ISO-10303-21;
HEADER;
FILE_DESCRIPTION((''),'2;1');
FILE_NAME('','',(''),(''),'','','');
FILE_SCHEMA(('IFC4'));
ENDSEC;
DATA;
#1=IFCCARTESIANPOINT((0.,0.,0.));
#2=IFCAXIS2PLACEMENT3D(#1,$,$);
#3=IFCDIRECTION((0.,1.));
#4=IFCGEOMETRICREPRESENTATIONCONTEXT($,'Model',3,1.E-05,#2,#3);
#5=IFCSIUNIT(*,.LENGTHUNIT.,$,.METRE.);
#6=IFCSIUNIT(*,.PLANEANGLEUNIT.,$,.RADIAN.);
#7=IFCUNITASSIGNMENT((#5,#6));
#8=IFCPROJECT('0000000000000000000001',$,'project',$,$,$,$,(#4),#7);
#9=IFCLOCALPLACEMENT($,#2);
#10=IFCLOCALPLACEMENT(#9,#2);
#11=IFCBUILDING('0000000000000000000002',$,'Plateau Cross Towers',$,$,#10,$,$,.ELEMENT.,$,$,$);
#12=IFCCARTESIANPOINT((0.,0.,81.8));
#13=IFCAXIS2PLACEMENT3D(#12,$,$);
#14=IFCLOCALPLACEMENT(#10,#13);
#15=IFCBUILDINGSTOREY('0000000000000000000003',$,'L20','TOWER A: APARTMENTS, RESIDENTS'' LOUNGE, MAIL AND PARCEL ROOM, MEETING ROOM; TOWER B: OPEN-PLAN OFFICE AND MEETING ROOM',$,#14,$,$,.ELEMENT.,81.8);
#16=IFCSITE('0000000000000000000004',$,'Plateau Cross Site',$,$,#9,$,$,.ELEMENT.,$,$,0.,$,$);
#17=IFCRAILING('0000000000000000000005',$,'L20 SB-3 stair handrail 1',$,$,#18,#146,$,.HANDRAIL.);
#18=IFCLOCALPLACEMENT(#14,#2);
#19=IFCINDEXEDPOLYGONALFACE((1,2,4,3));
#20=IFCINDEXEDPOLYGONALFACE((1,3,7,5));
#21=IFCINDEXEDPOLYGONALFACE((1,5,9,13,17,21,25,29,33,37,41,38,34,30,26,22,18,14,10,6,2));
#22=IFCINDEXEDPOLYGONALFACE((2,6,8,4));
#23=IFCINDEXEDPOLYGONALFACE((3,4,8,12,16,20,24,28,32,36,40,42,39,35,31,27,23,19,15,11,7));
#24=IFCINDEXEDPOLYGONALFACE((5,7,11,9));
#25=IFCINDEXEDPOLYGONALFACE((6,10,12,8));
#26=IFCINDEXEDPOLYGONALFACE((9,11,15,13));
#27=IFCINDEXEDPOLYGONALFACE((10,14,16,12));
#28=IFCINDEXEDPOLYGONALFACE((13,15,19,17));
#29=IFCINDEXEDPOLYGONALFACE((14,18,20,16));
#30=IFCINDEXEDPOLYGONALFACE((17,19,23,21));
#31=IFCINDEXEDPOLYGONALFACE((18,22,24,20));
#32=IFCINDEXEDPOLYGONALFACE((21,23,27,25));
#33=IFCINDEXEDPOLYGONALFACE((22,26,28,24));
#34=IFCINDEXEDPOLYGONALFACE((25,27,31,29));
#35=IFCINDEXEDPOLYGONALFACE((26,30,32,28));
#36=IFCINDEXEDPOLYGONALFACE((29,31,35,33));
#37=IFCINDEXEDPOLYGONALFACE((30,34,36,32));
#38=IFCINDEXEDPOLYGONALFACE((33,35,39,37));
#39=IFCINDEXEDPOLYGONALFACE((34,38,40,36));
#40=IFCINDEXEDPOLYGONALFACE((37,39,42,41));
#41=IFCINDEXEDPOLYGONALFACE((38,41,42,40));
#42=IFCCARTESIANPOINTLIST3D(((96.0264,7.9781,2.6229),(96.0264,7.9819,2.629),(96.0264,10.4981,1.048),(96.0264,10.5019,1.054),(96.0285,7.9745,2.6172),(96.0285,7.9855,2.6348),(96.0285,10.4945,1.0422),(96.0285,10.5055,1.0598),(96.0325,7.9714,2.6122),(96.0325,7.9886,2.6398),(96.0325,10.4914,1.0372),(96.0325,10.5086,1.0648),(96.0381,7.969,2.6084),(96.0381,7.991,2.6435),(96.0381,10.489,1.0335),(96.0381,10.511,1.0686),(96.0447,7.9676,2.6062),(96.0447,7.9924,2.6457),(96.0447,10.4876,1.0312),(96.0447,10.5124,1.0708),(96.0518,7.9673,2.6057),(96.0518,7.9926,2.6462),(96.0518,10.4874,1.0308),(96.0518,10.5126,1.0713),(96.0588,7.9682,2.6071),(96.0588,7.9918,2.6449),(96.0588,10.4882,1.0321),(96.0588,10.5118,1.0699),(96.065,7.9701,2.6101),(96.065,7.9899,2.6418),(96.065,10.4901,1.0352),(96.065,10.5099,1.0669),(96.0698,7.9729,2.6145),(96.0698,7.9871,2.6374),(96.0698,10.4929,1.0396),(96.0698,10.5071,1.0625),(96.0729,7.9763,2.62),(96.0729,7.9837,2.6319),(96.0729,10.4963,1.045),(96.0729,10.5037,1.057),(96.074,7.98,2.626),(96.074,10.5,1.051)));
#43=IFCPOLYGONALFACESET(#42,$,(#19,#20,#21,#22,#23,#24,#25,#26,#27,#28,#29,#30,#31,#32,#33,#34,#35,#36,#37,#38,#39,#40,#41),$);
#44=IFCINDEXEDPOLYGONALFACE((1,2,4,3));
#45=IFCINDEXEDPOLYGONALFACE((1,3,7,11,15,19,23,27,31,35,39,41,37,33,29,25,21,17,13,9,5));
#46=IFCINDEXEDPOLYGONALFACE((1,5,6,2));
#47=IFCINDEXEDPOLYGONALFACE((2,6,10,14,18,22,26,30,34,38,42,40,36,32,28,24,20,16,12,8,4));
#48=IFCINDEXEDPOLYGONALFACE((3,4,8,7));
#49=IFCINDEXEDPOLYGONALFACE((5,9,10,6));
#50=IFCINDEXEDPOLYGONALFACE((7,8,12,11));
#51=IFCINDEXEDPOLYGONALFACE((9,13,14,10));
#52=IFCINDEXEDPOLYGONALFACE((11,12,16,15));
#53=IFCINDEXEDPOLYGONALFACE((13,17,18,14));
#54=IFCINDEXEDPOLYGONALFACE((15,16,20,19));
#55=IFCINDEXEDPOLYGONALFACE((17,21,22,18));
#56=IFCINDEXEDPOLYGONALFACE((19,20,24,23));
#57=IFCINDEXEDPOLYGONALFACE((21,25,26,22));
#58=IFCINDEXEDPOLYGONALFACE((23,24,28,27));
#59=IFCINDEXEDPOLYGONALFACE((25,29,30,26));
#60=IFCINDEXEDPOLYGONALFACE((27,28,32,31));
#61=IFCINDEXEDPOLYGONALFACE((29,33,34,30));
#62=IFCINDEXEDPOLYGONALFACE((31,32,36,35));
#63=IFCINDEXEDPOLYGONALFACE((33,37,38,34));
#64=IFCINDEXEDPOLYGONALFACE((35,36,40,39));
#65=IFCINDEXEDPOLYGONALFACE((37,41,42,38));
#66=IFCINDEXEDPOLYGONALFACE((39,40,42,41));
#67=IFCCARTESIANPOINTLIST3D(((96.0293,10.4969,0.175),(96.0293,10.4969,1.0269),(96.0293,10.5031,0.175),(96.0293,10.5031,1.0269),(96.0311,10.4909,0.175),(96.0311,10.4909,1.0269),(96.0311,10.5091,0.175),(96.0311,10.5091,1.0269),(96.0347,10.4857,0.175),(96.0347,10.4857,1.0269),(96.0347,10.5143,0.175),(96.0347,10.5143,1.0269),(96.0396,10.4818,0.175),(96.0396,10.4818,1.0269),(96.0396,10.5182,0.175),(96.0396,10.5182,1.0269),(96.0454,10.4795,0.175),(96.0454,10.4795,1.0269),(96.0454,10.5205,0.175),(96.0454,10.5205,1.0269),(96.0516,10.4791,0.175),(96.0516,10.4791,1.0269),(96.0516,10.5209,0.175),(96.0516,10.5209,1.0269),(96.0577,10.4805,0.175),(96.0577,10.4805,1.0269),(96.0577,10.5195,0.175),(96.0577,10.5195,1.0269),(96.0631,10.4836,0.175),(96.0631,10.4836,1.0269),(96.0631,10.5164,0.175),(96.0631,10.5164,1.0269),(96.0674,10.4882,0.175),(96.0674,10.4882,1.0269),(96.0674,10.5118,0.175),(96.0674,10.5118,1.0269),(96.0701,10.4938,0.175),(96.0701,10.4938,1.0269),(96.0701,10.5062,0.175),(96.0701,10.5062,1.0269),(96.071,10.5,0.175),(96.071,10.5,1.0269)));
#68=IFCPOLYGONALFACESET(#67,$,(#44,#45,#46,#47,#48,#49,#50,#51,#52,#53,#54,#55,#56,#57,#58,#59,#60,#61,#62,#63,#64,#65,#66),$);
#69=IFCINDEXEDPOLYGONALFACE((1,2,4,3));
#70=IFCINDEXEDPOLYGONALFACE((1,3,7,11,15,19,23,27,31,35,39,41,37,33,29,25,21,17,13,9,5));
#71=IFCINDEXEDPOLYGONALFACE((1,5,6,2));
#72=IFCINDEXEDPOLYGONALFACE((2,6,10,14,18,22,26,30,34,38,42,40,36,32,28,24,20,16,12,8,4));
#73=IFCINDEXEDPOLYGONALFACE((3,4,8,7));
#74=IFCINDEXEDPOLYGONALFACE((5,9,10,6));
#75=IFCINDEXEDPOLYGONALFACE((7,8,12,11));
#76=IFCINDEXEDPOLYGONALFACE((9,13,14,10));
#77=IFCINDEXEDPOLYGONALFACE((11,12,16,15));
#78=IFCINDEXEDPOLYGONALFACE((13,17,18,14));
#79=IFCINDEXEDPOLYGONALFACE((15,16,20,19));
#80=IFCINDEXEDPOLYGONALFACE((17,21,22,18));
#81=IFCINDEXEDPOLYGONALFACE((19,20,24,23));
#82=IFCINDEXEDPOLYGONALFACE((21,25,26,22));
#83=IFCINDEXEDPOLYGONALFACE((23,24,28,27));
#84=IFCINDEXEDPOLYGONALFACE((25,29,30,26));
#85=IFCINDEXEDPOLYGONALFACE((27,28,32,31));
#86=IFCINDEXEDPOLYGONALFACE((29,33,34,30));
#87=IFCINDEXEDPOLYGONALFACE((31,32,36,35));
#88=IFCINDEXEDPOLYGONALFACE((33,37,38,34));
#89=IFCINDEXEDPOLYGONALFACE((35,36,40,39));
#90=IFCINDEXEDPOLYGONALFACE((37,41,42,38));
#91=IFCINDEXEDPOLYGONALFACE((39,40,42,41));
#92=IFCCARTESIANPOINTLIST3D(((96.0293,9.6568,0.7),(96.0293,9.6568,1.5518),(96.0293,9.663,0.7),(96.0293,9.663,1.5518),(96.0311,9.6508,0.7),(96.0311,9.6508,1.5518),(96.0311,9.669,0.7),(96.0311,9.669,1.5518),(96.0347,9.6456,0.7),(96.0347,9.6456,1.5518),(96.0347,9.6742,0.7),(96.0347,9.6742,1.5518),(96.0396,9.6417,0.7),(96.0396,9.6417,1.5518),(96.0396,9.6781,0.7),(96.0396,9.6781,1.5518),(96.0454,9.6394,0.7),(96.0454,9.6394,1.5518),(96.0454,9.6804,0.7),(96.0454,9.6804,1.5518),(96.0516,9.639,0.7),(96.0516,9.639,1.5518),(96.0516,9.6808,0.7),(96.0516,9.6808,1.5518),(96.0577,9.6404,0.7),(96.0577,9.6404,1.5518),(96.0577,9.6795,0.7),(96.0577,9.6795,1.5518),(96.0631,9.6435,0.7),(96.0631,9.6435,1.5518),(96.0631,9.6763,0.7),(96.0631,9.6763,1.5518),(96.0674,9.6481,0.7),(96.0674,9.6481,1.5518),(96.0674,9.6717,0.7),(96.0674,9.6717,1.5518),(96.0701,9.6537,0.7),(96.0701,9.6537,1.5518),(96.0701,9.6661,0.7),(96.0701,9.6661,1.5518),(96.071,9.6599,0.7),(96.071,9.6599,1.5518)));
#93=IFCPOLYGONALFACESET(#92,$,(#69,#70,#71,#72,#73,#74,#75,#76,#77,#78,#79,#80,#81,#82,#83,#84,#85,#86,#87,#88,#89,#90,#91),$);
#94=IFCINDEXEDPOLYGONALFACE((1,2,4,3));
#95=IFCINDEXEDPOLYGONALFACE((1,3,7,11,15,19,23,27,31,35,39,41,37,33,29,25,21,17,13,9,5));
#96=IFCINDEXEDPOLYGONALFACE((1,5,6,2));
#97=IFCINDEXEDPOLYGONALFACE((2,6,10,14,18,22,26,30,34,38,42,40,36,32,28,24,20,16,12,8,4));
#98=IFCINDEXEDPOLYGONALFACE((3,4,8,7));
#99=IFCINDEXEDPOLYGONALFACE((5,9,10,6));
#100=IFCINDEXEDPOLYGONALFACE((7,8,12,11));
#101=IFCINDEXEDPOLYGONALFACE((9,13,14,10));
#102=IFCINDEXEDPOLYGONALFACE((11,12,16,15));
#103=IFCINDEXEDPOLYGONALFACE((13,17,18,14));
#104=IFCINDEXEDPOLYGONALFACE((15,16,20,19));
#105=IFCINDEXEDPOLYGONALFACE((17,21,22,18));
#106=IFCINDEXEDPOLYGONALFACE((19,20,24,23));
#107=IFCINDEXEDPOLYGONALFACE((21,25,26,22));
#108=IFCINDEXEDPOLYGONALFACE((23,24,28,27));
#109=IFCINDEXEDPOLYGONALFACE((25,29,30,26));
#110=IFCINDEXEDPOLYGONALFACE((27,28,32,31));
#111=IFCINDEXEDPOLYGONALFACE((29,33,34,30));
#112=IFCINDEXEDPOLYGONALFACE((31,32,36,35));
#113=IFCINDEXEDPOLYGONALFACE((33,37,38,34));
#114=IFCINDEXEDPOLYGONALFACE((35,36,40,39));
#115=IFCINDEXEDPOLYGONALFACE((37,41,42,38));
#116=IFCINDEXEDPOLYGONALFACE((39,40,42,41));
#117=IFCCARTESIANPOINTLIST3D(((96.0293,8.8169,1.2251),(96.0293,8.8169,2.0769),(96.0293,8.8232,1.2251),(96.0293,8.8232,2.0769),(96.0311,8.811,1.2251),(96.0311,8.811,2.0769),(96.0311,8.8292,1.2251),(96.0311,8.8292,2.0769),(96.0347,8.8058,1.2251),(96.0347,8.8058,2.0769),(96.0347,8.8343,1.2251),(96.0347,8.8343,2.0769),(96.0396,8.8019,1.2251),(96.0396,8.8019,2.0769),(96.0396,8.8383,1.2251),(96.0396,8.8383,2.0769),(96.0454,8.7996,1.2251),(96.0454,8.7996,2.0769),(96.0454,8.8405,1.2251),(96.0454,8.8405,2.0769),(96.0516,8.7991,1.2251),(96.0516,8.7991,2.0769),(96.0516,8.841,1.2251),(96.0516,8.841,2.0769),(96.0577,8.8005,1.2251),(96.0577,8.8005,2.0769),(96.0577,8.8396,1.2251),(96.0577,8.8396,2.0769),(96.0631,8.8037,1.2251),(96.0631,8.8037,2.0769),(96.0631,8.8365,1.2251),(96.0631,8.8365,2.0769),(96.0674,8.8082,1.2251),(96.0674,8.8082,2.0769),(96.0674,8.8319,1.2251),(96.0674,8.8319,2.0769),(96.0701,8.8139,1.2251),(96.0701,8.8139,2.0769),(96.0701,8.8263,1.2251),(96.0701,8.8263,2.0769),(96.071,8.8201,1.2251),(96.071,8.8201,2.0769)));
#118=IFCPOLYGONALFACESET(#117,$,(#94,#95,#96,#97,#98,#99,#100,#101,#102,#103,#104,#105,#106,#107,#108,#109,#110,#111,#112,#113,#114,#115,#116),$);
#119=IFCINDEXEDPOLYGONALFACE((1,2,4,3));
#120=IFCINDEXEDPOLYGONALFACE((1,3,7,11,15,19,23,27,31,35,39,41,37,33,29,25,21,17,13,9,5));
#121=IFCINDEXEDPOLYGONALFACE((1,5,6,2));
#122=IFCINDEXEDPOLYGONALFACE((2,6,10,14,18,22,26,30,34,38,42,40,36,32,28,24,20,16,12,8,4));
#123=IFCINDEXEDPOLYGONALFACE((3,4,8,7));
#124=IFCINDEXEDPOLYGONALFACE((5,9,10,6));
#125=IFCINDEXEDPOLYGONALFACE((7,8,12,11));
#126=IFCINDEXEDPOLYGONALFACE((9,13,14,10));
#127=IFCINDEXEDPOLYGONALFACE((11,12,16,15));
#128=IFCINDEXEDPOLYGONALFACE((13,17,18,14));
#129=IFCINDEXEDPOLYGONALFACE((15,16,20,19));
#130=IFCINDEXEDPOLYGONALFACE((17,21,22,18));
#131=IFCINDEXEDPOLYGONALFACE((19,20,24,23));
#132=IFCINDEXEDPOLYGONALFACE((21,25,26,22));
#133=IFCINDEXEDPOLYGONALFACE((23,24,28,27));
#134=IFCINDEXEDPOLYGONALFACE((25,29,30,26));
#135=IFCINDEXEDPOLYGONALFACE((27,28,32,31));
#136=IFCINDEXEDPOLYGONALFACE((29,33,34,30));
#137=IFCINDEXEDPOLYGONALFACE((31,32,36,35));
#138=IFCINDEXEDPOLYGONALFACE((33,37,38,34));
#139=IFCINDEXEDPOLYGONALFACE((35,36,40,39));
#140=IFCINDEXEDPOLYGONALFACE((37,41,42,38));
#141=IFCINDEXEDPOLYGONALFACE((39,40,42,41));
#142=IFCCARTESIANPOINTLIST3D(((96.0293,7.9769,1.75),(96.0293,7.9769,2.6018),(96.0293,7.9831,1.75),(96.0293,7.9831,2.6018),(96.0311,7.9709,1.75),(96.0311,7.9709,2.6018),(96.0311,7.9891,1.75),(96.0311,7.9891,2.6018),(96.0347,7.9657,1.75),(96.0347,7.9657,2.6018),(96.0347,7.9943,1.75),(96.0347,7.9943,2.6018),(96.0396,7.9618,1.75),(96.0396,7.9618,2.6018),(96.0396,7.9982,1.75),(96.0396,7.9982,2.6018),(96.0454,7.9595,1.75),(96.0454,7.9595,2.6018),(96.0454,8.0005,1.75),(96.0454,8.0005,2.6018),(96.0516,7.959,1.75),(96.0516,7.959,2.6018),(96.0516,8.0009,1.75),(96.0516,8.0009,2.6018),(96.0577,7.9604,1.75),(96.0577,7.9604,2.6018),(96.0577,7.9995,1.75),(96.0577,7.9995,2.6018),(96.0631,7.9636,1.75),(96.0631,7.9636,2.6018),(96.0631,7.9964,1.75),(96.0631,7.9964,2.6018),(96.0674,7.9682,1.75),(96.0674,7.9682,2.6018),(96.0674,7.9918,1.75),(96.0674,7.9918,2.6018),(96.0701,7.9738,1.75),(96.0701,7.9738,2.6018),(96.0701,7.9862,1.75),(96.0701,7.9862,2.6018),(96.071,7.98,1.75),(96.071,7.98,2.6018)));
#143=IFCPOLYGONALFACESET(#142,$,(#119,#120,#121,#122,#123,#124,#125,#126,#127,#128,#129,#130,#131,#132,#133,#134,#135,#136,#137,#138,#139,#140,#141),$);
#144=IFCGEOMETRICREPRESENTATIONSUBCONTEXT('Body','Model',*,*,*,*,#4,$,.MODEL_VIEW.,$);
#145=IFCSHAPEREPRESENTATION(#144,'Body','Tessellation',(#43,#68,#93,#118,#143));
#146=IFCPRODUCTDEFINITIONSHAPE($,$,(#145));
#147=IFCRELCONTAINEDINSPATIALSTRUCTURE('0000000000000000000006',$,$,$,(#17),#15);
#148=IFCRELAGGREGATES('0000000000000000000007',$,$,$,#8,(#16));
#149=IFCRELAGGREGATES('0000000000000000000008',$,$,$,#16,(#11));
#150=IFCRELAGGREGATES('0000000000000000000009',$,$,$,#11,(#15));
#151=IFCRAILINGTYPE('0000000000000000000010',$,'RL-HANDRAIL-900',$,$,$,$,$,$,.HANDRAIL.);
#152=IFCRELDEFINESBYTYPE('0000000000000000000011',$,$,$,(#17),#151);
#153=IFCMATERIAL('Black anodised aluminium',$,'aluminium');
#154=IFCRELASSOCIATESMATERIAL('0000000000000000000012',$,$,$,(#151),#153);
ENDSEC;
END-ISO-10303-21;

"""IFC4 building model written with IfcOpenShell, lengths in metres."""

from ifc_helpers import new_model, si_unit, direction, frame, origin, origin_2d, place, context, subcontext, project, spatial, circle, extrude, material, type_object, element, save


model = new_model("IFC4")

# Units and contexts
model_context = context("Model", 3, precision=1e-05, world=origin(), true_north=direction((0.0, 1.0)))
body_context = subcontext(model_context, "Body", "Model", "MODEL_VIEW")
ifc_project = project(units=[si_unit("LENGTHUNIT", "METRE"), si_unit("PLANEANGLEUNIT", "RADIAN")], contexts=[model_context])

# Site, building, storey
site_placement = place(None, origin())
site = spatial("IfcSite", under=ifc_project, at=site_placement, Name="Plateau Cross Site", CompositionType="ELEMENT", RefElevation=0.0)
building_placement = place(site_placement, origin())
building = spatial("IfcBuilding", under=site, at=building_placement, Name="Plateau Cross Towers", CompositionType="ELEMENT")
storey_placement = place(building_placement, frame((0.0, 0.0, 81.8)))
storey = spatial("IfcBuildingStorey", under=building, at=storey_placement, Name="L20", Description="TOWER A: APARTMENTS, RESIDENTS' LOUNGE, MAIL AND PARCEL ROOM, MEETING ROOM; TOWER B: OPEN-PLAN OFFICE AND MEETING ROOM", CompositionType="ELEMENT", Elevation=81.8)

# Shared definitions
ifc_material_1 = material(Name="Black anodised aluminium", Category="aluminium")

# Railing
railing_type_1 = type_object("IfcRailingType", Name="RL-HANDRAIL-900", PredefinedType="HANDRAIL", material=ifc_material_1)
railing_1_placement = place(storey_placement, frame((96.05, 10.5, 0.175)))
element("IfcRailing", 1, at=railing_1_placement, inside=storey, type_object=railing_type_1, Name="L20 SB-3 stair handrail 1", PredefinedType="HANDRAIL", context=body_context, shape_type="SweptSolid", body=[
    extrude(circle(Radius=0.0239, at=origin_2d()), frame((0.0, 0.0, 0.876), z_axis=(0.0, -0.848008, 0.529984), x_axis=(1.0, 0.0, 0.0)), (0.0, 0.0, 1.0), 2.9717),
    extrude(circle(Radius=0.021, at=origin_2d()), origin(), (0.0, 0.0, 1.0), 0.8518),
    extrude(circle(Radius=0.021, at=origin_2d()), frame((0.0, -0.8401, 0.5249)), (0.0, 0.0, 1.0), 0.8518),
    extrude(circle(Radius=0.021, at=origin_2d()), frame((0.0, -1.6799, 1.05)), (0.0, 0.0, 1.0), 0.8518),
    extrude(circle(Radius=0.021, at=origin_2d()), frame((0.0, -2.52, 1.575)), (0.0, 0.0, 1.0), 0.8518),
])

save(model, "model.ifc")
